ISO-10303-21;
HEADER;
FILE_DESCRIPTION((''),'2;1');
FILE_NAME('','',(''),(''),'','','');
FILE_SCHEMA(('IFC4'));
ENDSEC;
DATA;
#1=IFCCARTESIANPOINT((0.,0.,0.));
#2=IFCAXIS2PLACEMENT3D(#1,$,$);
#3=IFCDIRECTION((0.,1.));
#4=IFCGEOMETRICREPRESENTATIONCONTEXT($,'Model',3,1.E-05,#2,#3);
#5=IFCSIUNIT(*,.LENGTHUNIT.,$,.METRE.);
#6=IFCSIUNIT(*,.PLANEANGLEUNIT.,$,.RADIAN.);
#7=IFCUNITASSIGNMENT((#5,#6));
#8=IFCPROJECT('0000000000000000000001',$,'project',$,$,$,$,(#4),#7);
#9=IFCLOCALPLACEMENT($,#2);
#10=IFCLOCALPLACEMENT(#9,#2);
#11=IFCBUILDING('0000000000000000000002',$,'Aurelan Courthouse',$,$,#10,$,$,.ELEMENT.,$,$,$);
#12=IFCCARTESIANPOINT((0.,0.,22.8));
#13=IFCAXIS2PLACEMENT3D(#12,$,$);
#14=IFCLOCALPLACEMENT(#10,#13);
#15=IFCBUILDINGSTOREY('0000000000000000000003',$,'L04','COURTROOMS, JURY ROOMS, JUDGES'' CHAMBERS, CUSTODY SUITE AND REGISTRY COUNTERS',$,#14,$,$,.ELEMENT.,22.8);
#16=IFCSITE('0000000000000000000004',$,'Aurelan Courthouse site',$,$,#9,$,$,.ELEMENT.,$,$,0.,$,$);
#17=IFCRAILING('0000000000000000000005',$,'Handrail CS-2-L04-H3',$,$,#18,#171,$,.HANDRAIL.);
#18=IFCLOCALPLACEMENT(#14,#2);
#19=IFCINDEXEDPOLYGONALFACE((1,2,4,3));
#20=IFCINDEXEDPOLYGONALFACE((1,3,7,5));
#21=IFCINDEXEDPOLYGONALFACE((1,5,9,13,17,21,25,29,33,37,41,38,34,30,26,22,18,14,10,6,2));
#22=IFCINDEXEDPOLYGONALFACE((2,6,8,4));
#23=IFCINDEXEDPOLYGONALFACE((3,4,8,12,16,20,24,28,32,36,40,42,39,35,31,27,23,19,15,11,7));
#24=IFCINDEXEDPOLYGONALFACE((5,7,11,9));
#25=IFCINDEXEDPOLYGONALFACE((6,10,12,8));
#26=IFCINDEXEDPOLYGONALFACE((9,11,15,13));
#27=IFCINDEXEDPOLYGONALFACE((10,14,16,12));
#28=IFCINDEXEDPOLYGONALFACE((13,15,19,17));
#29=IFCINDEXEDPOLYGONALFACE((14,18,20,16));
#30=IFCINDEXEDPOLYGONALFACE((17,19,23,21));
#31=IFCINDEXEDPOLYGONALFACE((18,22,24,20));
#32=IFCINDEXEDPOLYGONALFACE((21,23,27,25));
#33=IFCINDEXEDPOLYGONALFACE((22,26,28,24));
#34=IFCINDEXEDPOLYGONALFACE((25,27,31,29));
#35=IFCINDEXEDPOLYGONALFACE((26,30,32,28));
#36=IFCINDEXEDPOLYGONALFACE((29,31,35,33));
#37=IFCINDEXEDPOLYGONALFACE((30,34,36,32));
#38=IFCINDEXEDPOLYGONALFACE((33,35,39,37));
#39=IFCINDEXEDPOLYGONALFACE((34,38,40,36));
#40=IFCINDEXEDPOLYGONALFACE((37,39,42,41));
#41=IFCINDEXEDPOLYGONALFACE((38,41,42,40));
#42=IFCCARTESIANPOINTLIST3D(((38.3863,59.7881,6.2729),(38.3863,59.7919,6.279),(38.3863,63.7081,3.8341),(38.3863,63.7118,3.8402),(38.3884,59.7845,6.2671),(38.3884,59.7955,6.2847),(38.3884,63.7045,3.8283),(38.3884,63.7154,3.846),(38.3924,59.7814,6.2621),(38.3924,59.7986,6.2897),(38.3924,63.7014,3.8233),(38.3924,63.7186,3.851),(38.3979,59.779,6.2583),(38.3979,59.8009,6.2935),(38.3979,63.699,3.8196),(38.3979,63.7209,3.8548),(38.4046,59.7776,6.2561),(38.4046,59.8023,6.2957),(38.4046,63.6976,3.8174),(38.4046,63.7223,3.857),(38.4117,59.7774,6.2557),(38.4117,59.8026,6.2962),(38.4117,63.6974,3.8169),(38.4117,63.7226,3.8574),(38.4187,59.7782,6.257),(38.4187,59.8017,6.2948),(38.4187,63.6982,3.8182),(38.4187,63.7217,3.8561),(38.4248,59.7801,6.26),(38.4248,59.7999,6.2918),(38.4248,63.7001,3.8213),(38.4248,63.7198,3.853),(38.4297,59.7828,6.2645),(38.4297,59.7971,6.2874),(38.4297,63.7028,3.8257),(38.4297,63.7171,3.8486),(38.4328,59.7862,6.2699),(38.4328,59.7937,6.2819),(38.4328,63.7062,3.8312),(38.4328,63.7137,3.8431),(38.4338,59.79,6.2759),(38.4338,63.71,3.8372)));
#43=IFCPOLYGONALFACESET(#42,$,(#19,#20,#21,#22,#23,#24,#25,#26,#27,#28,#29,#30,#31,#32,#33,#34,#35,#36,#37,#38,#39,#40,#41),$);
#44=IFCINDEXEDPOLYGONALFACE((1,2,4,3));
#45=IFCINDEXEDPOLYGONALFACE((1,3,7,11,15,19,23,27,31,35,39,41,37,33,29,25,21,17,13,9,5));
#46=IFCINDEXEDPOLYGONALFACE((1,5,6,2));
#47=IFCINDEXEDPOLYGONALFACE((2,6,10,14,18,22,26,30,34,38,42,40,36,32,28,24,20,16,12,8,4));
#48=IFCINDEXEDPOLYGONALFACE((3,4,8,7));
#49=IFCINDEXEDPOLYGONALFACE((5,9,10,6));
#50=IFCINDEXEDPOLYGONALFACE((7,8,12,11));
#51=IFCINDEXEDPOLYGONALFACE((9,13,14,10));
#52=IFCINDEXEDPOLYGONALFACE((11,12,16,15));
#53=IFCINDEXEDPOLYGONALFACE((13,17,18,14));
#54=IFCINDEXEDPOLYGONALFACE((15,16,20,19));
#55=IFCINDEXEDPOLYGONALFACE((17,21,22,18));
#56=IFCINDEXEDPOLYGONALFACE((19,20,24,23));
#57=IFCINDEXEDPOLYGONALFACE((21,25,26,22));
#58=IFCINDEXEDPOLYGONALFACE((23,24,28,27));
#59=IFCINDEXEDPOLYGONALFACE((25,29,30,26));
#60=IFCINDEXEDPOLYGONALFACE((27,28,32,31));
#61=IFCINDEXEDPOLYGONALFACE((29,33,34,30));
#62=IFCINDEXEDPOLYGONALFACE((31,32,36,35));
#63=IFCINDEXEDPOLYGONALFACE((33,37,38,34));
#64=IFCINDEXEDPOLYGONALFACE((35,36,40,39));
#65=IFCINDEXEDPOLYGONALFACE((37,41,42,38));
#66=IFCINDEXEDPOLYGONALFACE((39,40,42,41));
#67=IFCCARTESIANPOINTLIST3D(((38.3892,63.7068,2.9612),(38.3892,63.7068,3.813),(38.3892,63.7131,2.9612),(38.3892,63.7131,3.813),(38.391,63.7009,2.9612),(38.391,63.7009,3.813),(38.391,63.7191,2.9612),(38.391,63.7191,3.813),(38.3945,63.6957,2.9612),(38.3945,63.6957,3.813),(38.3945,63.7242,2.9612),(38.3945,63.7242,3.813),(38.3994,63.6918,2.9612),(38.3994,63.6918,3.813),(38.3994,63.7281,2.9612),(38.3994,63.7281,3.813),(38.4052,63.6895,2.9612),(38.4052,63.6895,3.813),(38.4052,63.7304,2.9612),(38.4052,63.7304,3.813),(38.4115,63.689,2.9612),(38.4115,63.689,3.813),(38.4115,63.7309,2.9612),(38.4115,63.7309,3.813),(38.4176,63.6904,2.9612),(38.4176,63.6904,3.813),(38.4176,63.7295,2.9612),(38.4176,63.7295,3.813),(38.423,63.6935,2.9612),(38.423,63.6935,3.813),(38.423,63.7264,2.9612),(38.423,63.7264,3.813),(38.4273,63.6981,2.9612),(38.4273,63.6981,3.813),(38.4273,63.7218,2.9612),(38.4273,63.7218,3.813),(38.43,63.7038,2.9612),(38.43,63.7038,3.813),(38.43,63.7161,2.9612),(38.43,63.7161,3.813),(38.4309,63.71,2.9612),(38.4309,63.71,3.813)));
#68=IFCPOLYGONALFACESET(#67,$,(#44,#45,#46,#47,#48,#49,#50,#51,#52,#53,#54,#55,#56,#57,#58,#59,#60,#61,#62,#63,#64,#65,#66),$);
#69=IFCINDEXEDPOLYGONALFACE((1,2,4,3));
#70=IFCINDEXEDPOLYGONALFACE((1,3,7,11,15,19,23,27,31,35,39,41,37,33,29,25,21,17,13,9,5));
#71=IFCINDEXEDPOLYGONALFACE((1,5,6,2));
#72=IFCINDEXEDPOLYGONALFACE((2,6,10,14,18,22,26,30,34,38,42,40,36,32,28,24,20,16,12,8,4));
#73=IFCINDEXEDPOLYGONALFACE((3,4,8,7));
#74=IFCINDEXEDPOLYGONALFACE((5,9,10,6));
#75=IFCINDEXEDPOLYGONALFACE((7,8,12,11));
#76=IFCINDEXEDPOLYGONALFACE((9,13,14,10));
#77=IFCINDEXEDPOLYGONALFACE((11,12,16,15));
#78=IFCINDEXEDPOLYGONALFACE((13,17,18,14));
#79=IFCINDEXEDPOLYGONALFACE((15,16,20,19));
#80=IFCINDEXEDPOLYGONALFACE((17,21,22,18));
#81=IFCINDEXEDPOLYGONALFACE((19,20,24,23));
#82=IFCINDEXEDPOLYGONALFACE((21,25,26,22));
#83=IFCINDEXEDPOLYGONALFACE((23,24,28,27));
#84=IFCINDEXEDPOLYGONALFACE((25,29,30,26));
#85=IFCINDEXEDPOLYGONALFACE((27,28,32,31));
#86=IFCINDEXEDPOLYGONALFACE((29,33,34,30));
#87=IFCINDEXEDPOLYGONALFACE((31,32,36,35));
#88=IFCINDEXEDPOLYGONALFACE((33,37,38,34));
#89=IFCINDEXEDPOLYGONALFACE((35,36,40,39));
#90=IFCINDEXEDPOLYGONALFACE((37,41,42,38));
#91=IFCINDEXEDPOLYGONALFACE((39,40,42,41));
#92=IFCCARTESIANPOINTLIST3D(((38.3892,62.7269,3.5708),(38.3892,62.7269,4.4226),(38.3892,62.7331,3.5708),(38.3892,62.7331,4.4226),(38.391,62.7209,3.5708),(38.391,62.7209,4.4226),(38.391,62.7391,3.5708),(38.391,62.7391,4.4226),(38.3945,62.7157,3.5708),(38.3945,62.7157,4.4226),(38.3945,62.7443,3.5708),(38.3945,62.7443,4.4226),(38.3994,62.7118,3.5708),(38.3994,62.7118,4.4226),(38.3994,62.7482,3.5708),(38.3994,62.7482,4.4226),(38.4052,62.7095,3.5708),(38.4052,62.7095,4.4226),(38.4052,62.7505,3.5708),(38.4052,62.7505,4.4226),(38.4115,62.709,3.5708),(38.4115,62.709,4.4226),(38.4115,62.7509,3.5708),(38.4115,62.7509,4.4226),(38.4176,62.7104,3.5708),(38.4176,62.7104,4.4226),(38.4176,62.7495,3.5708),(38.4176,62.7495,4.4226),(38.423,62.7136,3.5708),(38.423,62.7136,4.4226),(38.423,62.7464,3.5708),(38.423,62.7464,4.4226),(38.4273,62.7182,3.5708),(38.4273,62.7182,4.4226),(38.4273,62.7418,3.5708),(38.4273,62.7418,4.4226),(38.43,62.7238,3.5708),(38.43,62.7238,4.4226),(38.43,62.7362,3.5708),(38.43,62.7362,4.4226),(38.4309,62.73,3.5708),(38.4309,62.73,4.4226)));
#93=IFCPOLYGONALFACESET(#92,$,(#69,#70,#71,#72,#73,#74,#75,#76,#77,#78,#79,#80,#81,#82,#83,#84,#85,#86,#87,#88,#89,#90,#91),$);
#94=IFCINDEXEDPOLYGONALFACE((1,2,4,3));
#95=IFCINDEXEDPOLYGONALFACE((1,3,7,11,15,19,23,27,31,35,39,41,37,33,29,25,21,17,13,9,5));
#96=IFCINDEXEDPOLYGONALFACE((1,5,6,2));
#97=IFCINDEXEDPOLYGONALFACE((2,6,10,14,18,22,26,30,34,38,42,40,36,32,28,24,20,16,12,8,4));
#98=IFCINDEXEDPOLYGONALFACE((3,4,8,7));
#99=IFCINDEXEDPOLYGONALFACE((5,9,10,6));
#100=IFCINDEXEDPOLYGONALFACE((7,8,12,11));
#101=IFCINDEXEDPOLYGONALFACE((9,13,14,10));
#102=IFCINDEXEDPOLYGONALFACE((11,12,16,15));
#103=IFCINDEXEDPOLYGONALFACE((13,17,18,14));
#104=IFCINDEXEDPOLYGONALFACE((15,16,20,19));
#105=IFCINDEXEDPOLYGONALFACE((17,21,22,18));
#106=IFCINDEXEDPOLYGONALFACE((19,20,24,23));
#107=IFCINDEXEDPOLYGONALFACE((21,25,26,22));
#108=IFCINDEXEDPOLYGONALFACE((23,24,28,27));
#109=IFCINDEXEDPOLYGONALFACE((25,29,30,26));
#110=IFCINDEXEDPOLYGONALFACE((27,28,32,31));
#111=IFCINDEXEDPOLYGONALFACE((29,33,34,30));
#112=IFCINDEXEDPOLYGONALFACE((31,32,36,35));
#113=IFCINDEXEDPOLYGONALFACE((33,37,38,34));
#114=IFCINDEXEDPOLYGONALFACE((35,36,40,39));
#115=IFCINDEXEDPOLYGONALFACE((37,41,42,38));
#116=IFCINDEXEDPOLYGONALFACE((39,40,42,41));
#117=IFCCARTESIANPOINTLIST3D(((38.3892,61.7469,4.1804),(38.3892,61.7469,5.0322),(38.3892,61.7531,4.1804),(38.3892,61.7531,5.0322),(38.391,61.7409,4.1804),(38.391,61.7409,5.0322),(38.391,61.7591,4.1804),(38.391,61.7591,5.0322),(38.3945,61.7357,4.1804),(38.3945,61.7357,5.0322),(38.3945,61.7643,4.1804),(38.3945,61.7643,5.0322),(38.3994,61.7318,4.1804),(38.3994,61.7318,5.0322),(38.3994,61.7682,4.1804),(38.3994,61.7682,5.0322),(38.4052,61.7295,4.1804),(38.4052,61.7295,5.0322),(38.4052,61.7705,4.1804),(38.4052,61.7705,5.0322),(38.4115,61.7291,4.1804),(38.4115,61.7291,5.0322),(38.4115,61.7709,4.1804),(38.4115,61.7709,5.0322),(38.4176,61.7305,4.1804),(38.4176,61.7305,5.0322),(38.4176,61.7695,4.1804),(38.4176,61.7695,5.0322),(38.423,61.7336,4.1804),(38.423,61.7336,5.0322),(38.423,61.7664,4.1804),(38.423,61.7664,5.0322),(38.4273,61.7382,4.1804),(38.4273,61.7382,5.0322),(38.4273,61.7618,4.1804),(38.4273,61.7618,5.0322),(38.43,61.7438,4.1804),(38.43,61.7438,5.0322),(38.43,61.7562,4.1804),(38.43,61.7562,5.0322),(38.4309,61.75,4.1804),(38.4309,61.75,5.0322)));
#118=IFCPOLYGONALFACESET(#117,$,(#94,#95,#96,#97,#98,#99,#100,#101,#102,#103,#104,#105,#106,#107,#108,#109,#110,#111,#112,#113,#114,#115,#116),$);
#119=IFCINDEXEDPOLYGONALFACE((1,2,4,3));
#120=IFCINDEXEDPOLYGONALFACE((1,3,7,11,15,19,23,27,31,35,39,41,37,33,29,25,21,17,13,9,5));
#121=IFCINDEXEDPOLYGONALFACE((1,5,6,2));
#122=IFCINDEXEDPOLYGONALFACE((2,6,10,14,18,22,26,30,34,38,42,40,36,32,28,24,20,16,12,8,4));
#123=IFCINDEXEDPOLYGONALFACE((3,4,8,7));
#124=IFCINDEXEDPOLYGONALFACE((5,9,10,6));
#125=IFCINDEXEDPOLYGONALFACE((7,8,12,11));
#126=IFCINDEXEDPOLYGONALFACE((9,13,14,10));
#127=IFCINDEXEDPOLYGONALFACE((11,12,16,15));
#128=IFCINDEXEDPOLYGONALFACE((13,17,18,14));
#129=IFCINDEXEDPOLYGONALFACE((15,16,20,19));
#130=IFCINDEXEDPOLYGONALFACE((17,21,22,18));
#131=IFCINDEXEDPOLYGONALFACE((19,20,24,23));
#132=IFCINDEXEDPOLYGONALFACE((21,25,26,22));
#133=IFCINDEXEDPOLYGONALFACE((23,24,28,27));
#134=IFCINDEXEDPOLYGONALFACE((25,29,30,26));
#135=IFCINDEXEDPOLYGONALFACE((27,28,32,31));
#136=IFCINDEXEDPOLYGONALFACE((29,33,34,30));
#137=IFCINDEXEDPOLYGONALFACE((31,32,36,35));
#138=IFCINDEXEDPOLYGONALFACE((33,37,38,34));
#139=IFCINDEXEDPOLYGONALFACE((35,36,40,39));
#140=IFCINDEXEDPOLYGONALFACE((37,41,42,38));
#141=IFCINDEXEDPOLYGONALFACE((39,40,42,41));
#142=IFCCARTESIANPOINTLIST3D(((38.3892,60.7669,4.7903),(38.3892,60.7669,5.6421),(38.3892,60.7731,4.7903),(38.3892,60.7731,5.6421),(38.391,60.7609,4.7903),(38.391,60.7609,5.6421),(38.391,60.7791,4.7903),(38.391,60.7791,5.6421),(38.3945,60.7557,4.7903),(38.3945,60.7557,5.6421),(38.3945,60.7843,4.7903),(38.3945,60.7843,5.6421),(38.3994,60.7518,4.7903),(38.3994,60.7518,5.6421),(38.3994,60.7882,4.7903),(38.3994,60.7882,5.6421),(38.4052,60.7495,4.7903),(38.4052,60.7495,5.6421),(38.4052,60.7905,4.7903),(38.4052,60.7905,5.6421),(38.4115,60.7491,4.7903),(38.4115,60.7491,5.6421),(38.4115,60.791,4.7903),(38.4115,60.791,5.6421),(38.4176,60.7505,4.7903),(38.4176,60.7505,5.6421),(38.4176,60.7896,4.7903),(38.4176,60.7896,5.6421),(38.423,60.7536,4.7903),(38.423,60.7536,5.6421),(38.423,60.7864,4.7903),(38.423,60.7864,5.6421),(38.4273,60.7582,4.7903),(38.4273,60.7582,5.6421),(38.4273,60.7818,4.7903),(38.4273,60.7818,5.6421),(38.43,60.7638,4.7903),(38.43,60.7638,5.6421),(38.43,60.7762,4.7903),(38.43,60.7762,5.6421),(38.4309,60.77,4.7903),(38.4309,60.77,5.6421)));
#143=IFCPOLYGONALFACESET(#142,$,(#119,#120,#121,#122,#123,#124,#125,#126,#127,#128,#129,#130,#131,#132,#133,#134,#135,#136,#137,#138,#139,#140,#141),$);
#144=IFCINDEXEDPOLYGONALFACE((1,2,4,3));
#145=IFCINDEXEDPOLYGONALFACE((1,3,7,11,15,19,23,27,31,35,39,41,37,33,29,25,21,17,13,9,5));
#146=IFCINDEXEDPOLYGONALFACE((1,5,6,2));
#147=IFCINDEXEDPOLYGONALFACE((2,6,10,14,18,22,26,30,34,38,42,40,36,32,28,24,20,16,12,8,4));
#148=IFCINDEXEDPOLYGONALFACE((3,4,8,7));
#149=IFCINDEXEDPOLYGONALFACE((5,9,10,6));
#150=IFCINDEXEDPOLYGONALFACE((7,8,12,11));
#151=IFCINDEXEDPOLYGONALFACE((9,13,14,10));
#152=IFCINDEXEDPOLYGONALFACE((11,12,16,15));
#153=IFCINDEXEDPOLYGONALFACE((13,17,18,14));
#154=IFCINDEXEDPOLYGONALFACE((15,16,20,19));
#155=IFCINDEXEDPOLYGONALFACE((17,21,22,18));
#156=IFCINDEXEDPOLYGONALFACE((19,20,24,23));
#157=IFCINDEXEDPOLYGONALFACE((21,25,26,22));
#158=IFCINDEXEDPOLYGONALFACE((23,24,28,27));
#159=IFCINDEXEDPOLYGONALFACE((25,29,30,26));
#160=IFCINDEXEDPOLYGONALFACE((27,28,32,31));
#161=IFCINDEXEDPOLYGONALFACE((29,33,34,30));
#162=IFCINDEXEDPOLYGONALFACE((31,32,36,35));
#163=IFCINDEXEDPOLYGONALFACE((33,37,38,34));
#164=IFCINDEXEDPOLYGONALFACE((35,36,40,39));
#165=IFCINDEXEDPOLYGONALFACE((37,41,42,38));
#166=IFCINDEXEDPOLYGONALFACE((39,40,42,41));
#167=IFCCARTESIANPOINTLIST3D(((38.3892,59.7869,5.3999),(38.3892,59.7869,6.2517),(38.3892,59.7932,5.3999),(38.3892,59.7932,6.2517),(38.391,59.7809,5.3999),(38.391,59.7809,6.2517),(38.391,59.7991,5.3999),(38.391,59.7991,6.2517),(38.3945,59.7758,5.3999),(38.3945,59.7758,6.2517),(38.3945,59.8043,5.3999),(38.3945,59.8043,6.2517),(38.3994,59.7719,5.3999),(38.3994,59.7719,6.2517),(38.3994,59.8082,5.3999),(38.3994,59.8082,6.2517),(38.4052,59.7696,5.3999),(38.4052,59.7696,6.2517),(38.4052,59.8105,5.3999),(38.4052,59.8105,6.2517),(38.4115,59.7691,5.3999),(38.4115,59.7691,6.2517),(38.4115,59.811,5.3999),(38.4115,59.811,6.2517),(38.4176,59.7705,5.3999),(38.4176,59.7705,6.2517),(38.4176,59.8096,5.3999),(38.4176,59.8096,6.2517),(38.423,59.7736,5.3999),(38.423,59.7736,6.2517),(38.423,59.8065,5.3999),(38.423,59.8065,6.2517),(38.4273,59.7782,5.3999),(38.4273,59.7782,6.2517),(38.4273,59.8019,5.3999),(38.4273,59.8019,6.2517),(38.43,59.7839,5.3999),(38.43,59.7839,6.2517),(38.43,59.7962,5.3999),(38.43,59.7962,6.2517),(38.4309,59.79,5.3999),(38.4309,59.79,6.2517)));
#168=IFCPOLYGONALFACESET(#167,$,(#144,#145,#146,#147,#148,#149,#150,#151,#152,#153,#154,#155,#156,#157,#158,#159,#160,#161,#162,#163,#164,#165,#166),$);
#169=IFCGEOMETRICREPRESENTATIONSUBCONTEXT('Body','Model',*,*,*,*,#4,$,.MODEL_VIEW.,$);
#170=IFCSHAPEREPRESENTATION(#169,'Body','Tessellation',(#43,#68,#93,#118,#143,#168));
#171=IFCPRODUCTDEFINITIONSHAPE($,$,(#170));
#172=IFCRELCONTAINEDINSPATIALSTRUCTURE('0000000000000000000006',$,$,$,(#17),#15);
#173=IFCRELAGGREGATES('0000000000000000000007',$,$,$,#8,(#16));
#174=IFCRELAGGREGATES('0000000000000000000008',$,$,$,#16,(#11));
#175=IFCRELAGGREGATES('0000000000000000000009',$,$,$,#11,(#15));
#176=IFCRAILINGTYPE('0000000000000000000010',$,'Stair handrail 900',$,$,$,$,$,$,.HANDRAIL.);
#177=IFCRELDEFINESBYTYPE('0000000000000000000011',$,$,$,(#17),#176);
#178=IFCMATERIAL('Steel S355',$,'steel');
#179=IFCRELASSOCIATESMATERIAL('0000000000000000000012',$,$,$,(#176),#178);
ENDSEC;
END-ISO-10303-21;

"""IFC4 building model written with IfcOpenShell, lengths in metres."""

from ifc_helpers import new_model, si_unit, direction, frame, origin, origin_2d, place, context, subcontext, project, spatial, circle, extrude, material, type_object, element, save


model = new_model("IFC4")

# Units and contexts
model_context = context("Model", 3, precision=1e-05, world=origin(), true_north=direction((0.0, 1.0)))
body_context = subcontext(model_context, "Body", "Model", "MODEL_VIEW")
ifc_project = project(units=[si_unit("LENGTHUNIT", "METRE"), si_unit("PLANEANGLEUNIT", "RADIAN")], contexts=[model_context])

# Site, building, storey
site_placement = place(None, origin())
site = spatial("IfcSite", under=ifc_project, at=site_placement, Name="Aurelan Courthouse site", CompositionType="ELEMENT", RefElevation=0.0)
building_placement = place(site_placement, origin())
building = spatial("IfcBuilding", under=site, at=building_placement, Name="Aurelan Courthouse", CompositionType="ELEMENT")
storey_placement = place(building_placement, frame((0.0, 0.0, 22.8)))
storey = spatial("IfcBuildingStorey", under=building, at=storey_placement, Name="L04", Description="COURTROOMS, JURY ROOMS, JUDGES' CHAMBERS, CUSTODY SUITE AND REGISTRY COUNTERS", CompositionType="ELEMENT", Elevation=22.8)

# Railing
ifc_material_1 = material(Name="Steel S355", Category="steel")
railing_type_1 = type_object("IfcRailingType", Name="Stair handrail 900", PredefinedType="HANDRAIL", material=ifc_material_1)
for number, where, name in (
    (1, (38.4099, 63.71, 2.9612), "Handrail CS-2-L04-H3"),
):
    element("IfcRailing", number, at=place(storey_placement, frame(where)), inside=storey, type_object=railing_type_1, Name=name, PredefinedType="HANDRAIL", context=body_context, shape_type="SweptSolid", body=[
        extrude(circle(Radius=0.0239, at=origin_2d()), frame((0.0, 0.0, 0.876), z_axis=(0.0, -0.84909, 0.528249), x_axis=(1.0, 0.0, 0.0)), (0.0, 0.0, 1.0), 4.6167),
        extrude(circle(Radius=0.021, at=origin_2d()), origin(), (0.0, 0.0, 1.0), 0.8518),
        extrude(circle(Radius=0.021, at=origin_2d()), frame((0.0, -0.98, 0.6096)), (0.0, 0.0, 1.0), 0.8518),
        extrude(circle(Radius=0.021, at=origin_2d()), frame((0.0, -1.96, 1.2192)), (0.0, 0.0, 1.0), 0.8518),
        extrude(circle(Radius=0.021, at=origin_2d()), frame((0.0, -2.9399, 1.8291)), (0.0, 0.0, 1.0), 0.8518),
        extrude(circle(Radius=0.021, at=origin_2d()), frame((0.0, -3.9199, 2.4387)), (0.0, 0.0, 1.0), 0.8518),
    ])

save(model, "model.ifc")
